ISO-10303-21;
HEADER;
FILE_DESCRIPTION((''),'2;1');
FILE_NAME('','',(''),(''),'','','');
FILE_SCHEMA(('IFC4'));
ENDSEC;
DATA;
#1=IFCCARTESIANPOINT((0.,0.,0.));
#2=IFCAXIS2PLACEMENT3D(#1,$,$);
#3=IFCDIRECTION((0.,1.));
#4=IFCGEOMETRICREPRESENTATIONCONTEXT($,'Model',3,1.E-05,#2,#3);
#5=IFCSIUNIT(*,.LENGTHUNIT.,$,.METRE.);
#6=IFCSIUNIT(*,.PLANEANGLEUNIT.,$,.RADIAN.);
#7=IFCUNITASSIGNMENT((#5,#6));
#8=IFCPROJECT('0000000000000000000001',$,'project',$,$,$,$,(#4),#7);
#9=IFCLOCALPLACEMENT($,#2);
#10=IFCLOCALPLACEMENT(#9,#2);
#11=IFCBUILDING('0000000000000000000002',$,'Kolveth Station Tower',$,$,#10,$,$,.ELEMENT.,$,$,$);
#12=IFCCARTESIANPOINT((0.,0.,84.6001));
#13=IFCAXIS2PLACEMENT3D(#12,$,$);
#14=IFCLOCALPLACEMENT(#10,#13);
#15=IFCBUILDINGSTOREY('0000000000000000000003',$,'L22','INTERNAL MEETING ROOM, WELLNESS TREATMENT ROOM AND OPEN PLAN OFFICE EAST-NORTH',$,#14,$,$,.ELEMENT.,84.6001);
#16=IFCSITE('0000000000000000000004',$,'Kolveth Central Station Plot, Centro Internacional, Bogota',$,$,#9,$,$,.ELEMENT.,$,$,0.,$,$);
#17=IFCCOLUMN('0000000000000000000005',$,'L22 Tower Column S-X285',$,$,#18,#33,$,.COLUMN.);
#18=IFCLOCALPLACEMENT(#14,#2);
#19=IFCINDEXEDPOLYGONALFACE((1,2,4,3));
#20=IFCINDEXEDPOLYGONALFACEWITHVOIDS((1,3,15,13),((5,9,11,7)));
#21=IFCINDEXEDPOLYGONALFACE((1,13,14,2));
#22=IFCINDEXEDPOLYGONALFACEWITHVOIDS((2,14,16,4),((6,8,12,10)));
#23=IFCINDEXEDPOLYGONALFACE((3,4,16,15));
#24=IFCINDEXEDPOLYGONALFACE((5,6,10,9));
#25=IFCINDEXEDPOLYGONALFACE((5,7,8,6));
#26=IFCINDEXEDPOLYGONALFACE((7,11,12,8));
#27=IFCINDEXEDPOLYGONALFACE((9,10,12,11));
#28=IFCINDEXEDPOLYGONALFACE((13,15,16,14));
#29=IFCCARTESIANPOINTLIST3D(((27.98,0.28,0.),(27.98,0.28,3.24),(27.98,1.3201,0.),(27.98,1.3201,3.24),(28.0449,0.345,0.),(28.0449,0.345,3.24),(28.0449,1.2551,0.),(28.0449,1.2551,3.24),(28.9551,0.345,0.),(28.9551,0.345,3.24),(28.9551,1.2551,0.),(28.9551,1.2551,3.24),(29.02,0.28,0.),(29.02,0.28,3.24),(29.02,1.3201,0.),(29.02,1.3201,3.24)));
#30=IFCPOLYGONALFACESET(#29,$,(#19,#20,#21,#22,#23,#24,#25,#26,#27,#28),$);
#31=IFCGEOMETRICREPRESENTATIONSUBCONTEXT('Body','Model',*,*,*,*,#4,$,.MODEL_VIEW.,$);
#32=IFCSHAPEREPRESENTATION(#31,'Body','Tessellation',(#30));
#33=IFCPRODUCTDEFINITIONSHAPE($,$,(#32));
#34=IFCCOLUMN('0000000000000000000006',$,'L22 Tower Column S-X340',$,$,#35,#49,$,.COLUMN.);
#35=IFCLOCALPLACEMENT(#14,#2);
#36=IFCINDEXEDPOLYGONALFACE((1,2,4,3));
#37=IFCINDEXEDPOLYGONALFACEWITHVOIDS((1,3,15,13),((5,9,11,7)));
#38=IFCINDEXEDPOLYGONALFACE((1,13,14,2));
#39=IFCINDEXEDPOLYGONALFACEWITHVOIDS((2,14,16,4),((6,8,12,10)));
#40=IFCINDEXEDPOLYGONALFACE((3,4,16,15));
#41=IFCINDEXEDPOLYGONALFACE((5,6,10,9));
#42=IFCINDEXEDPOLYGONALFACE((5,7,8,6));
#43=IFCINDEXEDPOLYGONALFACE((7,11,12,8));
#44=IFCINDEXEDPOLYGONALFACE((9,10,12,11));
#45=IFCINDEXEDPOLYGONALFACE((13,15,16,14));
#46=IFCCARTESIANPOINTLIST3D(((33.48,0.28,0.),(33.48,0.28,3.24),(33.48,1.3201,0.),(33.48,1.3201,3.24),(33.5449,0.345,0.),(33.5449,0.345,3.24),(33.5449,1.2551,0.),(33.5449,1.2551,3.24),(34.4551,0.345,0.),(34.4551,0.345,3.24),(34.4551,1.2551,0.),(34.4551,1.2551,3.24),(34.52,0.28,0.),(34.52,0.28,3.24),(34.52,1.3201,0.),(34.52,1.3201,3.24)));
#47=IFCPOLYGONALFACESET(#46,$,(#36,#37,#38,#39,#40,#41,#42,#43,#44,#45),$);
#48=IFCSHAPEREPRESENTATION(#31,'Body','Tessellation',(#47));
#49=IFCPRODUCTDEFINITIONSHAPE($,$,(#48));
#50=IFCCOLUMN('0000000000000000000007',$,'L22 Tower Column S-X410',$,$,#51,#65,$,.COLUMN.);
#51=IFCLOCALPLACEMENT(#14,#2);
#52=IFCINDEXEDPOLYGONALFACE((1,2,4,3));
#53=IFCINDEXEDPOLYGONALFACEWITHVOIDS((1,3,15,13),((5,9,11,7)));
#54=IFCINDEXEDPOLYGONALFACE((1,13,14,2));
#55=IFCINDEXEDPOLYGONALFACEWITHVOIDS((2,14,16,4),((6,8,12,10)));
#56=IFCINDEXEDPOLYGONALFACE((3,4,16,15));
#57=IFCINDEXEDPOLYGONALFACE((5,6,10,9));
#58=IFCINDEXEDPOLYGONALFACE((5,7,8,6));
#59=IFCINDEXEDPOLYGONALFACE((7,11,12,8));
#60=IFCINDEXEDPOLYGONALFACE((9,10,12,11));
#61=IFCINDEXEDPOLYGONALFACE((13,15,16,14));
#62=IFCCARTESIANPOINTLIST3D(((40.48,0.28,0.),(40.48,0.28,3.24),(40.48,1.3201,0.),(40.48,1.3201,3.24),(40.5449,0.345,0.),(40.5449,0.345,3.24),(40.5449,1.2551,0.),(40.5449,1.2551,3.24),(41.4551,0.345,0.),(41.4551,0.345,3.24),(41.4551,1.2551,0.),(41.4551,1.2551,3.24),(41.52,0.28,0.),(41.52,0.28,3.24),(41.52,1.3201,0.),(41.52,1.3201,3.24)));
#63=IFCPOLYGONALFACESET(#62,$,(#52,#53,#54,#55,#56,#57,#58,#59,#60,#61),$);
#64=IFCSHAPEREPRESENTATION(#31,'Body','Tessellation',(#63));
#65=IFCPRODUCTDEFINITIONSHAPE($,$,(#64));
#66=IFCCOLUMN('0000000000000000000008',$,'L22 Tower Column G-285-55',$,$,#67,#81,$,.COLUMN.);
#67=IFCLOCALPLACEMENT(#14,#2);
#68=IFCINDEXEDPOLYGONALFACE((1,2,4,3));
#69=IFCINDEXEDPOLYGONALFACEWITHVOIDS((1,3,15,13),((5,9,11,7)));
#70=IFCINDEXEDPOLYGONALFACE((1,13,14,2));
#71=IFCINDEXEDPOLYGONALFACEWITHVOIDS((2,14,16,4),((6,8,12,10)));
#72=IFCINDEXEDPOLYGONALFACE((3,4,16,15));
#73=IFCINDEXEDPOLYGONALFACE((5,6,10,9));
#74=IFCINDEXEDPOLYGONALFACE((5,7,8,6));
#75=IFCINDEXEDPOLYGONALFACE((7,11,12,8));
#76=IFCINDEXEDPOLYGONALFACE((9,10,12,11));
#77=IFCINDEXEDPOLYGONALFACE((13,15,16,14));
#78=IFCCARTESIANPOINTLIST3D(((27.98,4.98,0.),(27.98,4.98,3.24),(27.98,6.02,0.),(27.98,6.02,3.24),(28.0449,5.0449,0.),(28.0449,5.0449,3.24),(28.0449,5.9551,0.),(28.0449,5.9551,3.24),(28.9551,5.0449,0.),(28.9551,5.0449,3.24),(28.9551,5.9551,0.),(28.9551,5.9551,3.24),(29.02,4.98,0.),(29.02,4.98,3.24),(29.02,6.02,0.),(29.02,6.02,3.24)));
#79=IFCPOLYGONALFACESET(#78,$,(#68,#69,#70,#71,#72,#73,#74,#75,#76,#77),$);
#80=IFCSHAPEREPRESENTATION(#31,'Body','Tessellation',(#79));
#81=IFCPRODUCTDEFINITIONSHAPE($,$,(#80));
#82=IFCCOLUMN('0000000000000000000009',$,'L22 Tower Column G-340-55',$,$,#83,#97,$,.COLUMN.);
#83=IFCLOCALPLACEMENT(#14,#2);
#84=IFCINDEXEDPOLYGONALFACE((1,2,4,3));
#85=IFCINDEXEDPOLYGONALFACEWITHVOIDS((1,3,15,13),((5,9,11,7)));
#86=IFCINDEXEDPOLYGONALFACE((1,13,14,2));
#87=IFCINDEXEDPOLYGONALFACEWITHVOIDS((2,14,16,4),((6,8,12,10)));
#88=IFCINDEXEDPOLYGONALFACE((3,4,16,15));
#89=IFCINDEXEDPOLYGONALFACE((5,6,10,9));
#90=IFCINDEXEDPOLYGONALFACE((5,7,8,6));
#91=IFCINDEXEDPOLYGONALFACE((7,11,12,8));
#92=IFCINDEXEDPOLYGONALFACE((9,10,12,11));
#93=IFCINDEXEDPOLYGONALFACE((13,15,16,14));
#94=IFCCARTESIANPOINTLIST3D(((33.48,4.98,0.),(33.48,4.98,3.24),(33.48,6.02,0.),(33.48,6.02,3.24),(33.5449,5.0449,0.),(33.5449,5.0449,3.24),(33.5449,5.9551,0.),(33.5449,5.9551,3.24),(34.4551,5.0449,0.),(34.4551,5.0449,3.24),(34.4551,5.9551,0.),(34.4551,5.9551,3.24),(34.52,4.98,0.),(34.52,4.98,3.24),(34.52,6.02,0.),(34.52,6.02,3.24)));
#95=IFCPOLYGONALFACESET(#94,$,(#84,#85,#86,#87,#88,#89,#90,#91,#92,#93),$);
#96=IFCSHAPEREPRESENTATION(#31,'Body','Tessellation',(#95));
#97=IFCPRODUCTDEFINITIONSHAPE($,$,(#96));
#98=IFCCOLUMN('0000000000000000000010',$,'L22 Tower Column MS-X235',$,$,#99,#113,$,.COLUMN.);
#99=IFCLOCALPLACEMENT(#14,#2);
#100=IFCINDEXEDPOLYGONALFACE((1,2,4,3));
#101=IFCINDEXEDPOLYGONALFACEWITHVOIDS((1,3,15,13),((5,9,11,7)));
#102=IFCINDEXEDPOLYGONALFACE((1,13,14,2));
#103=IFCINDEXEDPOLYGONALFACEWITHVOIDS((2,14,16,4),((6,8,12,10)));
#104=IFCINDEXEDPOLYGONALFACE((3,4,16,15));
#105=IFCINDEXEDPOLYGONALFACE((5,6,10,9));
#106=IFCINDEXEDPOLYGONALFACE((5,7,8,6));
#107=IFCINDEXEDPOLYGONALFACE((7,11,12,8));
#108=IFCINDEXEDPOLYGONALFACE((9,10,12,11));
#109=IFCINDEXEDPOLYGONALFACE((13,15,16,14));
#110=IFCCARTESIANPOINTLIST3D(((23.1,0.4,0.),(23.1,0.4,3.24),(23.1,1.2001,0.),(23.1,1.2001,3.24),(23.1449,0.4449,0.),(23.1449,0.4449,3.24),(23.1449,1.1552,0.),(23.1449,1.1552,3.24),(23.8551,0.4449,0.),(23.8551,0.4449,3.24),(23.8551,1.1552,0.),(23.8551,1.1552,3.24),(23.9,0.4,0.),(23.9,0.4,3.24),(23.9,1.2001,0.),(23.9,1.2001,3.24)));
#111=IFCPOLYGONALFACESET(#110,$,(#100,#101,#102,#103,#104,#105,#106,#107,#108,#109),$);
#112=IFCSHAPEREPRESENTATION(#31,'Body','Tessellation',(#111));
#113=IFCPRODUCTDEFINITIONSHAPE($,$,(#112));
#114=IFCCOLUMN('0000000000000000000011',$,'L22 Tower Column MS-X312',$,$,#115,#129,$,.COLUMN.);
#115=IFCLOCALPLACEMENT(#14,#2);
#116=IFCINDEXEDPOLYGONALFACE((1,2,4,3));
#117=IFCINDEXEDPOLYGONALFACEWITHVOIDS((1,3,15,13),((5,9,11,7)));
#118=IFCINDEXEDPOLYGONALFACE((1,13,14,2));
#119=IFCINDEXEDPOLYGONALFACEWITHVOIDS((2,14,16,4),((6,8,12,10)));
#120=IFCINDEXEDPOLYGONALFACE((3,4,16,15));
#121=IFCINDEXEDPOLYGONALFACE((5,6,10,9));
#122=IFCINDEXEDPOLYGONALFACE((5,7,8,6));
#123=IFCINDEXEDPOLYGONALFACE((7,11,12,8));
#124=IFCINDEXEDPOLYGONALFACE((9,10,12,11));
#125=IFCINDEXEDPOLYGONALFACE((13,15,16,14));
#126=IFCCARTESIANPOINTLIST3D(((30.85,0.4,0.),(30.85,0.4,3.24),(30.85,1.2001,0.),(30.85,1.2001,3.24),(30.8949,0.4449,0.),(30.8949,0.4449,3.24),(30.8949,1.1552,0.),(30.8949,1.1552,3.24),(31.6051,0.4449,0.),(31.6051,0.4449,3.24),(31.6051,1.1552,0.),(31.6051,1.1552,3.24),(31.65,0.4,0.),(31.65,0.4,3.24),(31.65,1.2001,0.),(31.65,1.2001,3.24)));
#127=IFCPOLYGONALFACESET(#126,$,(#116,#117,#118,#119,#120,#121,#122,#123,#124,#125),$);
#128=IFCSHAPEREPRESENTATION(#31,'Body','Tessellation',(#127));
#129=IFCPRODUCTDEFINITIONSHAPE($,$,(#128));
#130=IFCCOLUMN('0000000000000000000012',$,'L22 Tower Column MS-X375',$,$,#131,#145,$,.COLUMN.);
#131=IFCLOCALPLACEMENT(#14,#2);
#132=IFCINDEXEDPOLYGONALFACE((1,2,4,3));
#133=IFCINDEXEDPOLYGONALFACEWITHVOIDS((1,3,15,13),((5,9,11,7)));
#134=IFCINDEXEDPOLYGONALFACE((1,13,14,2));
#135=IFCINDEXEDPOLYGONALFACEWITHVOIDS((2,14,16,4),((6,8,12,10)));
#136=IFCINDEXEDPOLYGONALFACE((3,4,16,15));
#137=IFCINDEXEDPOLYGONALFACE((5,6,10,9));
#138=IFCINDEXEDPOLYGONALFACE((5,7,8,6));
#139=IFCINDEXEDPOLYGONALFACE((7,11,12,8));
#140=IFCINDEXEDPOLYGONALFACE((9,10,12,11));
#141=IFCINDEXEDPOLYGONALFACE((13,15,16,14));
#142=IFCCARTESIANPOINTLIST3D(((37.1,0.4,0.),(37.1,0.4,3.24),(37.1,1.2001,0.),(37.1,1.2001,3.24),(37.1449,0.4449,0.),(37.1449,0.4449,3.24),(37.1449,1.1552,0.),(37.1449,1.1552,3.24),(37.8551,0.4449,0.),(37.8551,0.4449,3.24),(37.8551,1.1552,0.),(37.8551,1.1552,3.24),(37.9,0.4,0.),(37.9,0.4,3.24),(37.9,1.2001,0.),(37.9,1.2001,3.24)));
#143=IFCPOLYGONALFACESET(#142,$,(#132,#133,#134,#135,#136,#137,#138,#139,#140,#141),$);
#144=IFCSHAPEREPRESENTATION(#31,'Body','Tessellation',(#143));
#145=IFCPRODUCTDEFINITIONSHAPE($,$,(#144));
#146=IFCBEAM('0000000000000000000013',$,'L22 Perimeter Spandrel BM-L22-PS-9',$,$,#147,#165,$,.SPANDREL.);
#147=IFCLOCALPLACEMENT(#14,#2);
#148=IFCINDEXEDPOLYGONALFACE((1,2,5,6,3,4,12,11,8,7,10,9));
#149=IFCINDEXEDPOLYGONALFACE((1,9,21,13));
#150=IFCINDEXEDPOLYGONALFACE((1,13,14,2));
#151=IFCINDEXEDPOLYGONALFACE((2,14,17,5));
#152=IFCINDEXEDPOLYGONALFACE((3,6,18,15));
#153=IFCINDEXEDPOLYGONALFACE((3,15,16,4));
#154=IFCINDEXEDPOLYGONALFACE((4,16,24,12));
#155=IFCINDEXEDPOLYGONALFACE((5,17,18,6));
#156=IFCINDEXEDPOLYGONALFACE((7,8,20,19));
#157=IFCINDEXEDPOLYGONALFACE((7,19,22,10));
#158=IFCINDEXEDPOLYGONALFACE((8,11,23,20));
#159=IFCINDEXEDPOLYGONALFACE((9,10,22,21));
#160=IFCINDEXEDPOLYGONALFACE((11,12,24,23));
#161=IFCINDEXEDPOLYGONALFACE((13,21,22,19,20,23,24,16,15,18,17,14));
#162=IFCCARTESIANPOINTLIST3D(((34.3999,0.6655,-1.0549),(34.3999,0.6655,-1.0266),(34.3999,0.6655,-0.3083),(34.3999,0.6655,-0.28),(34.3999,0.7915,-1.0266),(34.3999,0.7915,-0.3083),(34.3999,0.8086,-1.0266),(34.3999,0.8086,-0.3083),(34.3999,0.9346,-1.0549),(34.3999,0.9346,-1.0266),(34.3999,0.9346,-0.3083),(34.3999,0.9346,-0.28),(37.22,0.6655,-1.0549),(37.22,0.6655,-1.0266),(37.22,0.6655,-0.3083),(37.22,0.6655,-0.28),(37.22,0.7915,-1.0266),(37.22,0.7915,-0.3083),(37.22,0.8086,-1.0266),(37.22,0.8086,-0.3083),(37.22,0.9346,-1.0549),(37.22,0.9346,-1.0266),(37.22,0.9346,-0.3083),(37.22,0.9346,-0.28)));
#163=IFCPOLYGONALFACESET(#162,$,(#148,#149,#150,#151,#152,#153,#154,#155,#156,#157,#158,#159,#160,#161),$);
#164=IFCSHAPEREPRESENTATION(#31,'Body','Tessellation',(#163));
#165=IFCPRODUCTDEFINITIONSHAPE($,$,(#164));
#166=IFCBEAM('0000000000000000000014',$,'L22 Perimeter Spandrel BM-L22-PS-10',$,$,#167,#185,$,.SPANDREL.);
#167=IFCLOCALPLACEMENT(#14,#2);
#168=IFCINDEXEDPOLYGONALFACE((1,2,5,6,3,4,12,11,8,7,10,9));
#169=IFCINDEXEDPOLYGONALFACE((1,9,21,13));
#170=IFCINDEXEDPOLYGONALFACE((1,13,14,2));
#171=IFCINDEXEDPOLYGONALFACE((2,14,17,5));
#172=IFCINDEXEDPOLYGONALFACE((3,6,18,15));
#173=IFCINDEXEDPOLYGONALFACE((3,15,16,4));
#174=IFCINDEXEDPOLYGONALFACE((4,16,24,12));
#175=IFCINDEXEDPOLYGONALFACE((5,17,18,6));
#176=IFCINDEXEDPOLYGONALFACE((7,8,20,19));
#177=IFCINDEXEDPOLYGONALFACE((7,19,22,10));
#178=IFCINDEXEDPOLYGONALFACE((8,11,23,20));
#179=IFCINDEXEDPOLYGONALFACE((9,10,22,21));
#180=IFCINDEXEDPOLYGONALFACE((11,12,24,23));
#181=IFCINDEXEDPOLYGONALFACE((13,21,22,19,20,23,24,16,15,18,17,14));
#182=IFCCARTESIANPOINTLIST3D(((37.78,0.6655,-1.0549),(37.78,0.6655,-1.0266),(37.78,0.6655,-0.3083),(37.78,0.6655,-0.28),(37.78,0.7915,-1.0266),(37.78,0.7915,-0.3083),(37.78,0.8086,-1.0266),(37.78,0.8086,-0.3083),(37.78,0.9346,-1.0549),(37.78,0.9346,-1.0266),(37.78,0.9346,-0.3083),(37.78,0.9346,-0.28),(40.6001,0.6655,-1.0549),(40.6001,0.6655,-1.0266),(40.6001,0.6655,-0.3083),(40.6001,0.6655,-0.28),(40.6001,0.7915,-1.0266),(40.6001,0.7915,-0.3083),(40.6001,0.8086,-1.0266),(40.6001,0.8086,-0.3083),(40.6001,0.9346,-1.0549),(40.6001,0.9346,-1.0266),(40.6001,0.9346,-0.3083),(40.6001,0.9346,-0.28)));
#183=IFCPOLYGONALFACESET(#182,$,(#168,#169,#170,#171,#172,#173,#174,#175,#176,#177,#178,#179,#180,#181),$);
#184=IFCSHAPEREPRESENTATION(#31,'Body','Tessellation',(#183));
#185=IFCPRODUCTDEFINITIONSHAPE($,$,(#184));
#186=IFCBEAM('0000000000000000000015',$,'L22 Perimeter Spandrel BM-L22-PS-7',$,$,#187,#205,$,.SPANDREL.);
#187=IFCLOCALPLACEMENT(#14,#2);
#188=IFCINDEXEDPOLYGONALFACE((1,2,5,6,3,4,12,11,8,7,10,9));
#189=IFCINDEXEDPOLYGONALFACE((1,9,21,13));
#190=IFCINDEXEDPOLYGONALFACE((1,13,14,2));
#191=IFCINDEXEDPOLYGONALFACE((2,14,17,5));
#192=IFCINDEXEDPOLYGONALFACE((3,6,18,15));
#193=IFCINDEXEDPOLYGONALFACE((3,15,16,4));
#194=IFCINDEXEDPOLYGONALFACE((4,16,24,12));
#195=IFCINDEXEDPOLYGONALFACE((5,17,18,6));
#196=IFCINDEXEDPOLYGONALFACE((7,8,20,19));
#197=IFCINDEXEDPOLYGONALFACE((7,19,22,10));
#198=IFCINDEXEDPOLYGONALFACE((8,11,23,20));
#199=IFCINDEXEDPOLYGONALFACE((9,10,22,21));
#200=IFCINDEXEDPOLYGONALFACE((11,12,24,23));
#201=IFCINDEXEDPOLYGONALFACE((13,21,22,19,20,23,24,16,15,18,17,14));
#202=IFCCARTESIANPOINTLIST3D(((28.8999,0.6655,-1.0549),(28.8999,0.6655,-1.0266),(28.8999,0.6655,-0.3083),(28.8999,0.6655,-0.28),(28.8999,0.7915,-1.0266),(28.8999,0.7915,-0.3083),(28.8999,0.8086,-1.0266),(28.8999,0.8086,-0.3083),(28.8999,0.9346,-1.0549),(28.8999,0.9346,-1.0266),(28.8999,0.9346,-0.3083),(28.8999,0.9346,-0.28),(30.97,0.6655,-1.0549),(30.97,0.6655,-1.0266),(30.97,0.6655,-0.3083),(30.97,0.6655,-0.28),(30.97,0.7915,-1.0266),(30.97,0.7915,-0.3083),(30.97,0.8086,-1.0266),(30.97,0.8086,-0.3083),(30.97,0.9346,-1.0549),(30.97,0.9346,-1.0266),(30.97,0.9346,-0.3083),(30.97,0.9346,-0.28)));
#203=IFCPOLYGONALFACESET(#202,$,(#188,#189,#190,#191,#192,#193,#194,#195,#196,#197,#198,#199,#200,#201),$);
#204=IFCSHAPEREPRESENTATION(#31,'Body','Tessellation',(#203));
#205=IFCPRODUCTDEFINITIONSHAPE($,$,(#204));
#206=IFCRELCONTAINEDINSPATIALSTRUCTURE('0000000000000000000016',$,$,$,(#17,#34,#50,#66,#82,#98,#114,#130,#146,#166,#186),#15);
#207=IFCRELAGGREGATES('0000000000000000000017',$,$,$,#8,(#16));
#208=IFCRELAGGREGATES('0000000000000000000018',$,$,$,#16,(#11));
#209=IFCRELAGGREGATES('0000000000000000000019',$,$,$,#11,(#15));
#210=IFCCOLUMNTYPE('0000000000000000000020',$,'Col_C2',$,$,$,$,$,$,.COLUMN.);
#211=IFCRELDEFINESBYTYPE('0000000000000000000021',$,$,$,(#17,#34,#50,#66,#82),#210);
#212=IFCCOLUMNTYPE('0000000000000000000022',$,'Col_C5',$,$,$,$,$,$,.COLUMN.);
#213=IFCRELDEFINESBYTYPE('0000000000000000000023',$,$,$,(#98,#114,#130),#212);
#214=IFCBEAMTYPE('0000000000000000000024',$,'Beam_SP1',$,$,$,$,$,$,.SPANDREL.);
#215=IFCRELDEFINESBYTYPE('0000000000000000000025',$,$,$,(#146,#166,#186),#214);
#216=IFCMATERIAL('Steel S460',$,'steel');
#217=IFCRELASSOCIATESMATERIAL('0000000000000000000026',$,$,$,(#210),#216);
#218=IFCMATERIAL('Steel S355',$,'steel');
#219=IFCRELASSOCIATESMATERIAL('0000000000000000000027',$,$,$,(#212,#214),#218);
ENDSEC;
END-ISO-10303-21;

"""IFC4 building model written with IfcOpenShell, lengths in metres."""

from ifc_helpers import new_model, si_unit, direction, frame, origin, origin_2d, place, context, subcontext, project, spatial, hollow_rectangle, i_section, extrude, source, transform, mapped, material, material_profile, profile_set, type_object, element, save


model = new_model("IFC4")

# Units and contexts
model_context = context("Model", 3, precision=1e-05, world=origin(), true_north=direction((0.0, 1.0)))
body_context = subcontext(model_context, "Body", "Model", "MODEL_VIEW")
ifc_project = project(units=[si_unit("LENGTHUNIT", "METRE"), si_unit("PLANEANGLEUNIT", "RADIAN")], contexts=[model_context])

# Site, building, storey
site_placement = place(None, origin())
site = spatial("IfcSite", under=ifc_project, at=site_placement, Name="Kolveth Central Station Plot, Centro Internacional, Bogota", CompositionType="ELEMENT", RefElevation=0.0)
building_placement = place(site_placement, origin())
building = spatial("IfcBuilding", under=site, at=building_placement, Name="Kolveth Station Tower", CompositionType="ELEMENT")
storey_placement = place(building_placement, frame((0.0, 0.0, 84.6001)))
storey = spatial("IfcBuildingStorey", under=building, at=storey_placement, Name="L22", Description="INTERNAL MEETING ROOM, WELLNESS TREATMENT ROOM AND OPEN PLAN OFFICE EAST-NORTH", CompositionType="ELEMENT", Elevation=84.6001)

# Columns
ifc_material_1 = material(Name="Steel S460", Category="steel")
ifc_material_profile_1 = material_profile(ifc_material_1, hollow_rectangle(XDim=1.04, YDim=1.04, WallThickness=0.0649, at=origin_2d()), Name="BOX1040x1040x65")
ifc_profile_set_1 = profile_set([ifc_material_profile_1], Name="Steel S460")
column_type_1 = type_object("IfcColumnType", Name="Col_C2", PredefinedType="COLUMN", material=ifc_profile_set_1)
shared_shape_1 = source(origin(), body_context, "Body", "SweptSolid", [
    extrude(hollow_rectangle(XDim=1.04, YDim=1.04, WallThickness=0.0649, at=origin_2d()), origin(), (0.0, 0.0, 1.0), 3.24),
])
for number, where, z_axis, x_axis, name in (
    (1, (28.5, 0.8, 0.0), (0.0, 0.0, 1.0), (1.0, 0.0, 0.0), "L22 Tower Column S-X285"),
    (2, (34.0, 0.8, 0.0), (0.0, 0.0, 1.0), (1.0, 0.0, 0.0), "L22 Tower Column S-X340"),
    (3, (41.0, 0.8, 0.0), (0.0, 0.0, 1.0), (1.0, 0.0, 0.0), "L22 Tower Column S-X410"),
    (4, (28.5, 5.5, 0.0), (0.0, 0.0, 1.0), (1.0, 0.0, 0.0), "L22 Tower Column G-285-55"),
    (5, (34.0, 5.5, 0.0), (0.0, 0.0, 1.0), (1.0, 0.0, 0.0), "L22 Tower Column G-340-55"),
):
    element("IfcColumn", number, at=place(storey_placement, frame(where, z_axis=z_axis, x_axis=x_axis)), inside=storey, type_object=column_type_1, Name=name, PredefinedType="COLUMN", context=body_context, shape_type="MappedRepresentation", body=[
        mapped(shared_shape_1, transform((0.0, 0.0, 0.0), x_axis=(1.0, 0.0, 0.0), y_axis=(0.0, 1.0, 0.0), z_axis=(0.0, 0.0, 1.0), scale=1.0)),
    ])
ifc_material_2 = material(Name="Steel S355", Category="steel")
ifc_material_profile_2 = material_profile(ifc_material_2, hollow_rectangle(XDim=0.8, YDim=0.8, WallThickness=0.0449, at=origin_2d()), Name="BOX800x800x45")
ifc_profile_set_2 = profile_set([ifc_material_profile_2], Name="Steel S355")
column_type_2 = type_object("IfcColumnType", Name="Col_C5", PredefinedType="COLUMN", material=ifc_profile_set_2)
shared_shape_2 = source(origin(), body_context, "Body", "SweptSolid", [
    extrude(hollow_rectangle(XDim=0.8, YDim=0.8, WallThickness=0.0449, at=origin_2d()), origin(), (0.0, 0.0, 1.0), 3.24),
])
for number, where, z_axis, x_axis, name in (
    (6, (23.5, 0.8, 0.0), (0.0, 0.0, 1.0), (1.0, 0.0, 0.0), "L22 Tower Column MS-X235"),
    (7, (31.25, 0.8, 0.0), (0.0, 0.0, 1.0), (1.0, 0.0, 0.0), "L22 Tower Column MS-X312"),
    (8, (37.5, 0.8, 0.0), (0.0, 0.0, 1.0), (1.0, 0.0, 0.0), "L22 Tower Column MS-X375"),
):
    element("IfcColumn", number, at=place(storey_placement, frame(where, z_axis=z_axis, x_axis=x_axis)), inside=storey, type_object=column_type_2, Name=name, PredefinedType="COLUMN", context=body_context, shape_type="MappedRepresentation", body=[
        mapped(shared_shape_2, transform((0.0, 0.0, 0.0), x_axis=(1.0, 0.0, 0.0), y_axis=(0.0, 1.0, 0.0), z_axis=(0.0, 0.0, 1.0), scale=1.0)),
    ])

# Beams
ifc_material_profile_3 = material_profile(ifc_material_2, i_section(OverallWidth=0.269, OverallDepth=0.7749, WebThickness=0.0171, FlangeThickness=0.0283, at=origin_2d()), Name="W760x220")
ifc_profile_set_3 = profile_set([ifc_material_profile_3], Name="Steel S355")
beam_type_1 = type_object("IfcBeamType", Name="Beam_SP1", PredefinedType="SPANDREL", material=ifc_profile_set_3)
shared_shape_3 = source(origin(), body_context, "Body", "SweptSolid", [
    extrude(i_section(OverallWidth=0.269, OverallDepth=0.7749, WebThickness=0.0171, FlangeThickness=0.0283, at=origin_2d()), origin(), (0.0, 0.0, 1.0), 2.8201),
])
for number, where, z_axis, x_axis, name in (
    (9, (34.3999, 0.8, -0.6675), (1.0, 0.0, 0.0), (0.0, 1.0, 0.0), "L22 Perimeter Spandrel BM-L22-PS-9"),
    (10, (37.78, 0.8, -0.6675), (1.0, 0.0, 0.0), (0.0, 1.0, 0.0), "L22 Perimeter Spandrel BM-L22-PS-10"),
):
    element("IfcBeam", number, at=place(storey_placement, frame(where, z_axis=z_axis, x_axis=x_axis)), inside=storey, type_object=beam_type_1, Name=name, PredefinedType="SPANDREL", context=body_context, shape_type="MappedRepresentation", body=[
        mapped(shared_shape_3, transform((0.0, 0.0, 0.0), x_axis=(1.0, 0.0, 0.0), y_axis=(0.0, 1.0, 0.0), z_axis=(0.0, 0.0, 1.0), scale=1.0)),
    ])
shared_shape_4 = source(origin(), body_context, "Body", "SweptSolid", [
    extrude(i_section(OverallWidth=0.269, OverallDepth=0.7749, WebThickness=0.0171, FlangeThickness=0.0283, at=origin_2d()), origin(), (0.0, 0.0, 1.0), 2.0701),
])
for number, where, z_axis, x_axis, name in (
    (11, (28.8999, 0.8, -0.6675), (1.0, 0.0, 0.0), (0.0, 1.0, 0.0), "L22 Perimeter Spandrel BM-L22-PS-7"),
):
    element("IfcBeam", number, at=place(storey_placement, frame(where, z_axis=z_axis, x_axis=x_axis)), inside=storey, type_object=beam_type_1, Name=name, PredefinedType="SPANDREL", context=body_context, shape_type="MappedRepresentation", body=[
        mapped(shared_shape_4, transform((0.0, 0.0, 0.0), x_axis=(1.0, 0.0, 0.0), y_axis=(0.0, 1.0, 0.0), z_axis=(0.0, 0.0, 1.0), scale=1.0)),
    ])

save(model, "model.ifc")
